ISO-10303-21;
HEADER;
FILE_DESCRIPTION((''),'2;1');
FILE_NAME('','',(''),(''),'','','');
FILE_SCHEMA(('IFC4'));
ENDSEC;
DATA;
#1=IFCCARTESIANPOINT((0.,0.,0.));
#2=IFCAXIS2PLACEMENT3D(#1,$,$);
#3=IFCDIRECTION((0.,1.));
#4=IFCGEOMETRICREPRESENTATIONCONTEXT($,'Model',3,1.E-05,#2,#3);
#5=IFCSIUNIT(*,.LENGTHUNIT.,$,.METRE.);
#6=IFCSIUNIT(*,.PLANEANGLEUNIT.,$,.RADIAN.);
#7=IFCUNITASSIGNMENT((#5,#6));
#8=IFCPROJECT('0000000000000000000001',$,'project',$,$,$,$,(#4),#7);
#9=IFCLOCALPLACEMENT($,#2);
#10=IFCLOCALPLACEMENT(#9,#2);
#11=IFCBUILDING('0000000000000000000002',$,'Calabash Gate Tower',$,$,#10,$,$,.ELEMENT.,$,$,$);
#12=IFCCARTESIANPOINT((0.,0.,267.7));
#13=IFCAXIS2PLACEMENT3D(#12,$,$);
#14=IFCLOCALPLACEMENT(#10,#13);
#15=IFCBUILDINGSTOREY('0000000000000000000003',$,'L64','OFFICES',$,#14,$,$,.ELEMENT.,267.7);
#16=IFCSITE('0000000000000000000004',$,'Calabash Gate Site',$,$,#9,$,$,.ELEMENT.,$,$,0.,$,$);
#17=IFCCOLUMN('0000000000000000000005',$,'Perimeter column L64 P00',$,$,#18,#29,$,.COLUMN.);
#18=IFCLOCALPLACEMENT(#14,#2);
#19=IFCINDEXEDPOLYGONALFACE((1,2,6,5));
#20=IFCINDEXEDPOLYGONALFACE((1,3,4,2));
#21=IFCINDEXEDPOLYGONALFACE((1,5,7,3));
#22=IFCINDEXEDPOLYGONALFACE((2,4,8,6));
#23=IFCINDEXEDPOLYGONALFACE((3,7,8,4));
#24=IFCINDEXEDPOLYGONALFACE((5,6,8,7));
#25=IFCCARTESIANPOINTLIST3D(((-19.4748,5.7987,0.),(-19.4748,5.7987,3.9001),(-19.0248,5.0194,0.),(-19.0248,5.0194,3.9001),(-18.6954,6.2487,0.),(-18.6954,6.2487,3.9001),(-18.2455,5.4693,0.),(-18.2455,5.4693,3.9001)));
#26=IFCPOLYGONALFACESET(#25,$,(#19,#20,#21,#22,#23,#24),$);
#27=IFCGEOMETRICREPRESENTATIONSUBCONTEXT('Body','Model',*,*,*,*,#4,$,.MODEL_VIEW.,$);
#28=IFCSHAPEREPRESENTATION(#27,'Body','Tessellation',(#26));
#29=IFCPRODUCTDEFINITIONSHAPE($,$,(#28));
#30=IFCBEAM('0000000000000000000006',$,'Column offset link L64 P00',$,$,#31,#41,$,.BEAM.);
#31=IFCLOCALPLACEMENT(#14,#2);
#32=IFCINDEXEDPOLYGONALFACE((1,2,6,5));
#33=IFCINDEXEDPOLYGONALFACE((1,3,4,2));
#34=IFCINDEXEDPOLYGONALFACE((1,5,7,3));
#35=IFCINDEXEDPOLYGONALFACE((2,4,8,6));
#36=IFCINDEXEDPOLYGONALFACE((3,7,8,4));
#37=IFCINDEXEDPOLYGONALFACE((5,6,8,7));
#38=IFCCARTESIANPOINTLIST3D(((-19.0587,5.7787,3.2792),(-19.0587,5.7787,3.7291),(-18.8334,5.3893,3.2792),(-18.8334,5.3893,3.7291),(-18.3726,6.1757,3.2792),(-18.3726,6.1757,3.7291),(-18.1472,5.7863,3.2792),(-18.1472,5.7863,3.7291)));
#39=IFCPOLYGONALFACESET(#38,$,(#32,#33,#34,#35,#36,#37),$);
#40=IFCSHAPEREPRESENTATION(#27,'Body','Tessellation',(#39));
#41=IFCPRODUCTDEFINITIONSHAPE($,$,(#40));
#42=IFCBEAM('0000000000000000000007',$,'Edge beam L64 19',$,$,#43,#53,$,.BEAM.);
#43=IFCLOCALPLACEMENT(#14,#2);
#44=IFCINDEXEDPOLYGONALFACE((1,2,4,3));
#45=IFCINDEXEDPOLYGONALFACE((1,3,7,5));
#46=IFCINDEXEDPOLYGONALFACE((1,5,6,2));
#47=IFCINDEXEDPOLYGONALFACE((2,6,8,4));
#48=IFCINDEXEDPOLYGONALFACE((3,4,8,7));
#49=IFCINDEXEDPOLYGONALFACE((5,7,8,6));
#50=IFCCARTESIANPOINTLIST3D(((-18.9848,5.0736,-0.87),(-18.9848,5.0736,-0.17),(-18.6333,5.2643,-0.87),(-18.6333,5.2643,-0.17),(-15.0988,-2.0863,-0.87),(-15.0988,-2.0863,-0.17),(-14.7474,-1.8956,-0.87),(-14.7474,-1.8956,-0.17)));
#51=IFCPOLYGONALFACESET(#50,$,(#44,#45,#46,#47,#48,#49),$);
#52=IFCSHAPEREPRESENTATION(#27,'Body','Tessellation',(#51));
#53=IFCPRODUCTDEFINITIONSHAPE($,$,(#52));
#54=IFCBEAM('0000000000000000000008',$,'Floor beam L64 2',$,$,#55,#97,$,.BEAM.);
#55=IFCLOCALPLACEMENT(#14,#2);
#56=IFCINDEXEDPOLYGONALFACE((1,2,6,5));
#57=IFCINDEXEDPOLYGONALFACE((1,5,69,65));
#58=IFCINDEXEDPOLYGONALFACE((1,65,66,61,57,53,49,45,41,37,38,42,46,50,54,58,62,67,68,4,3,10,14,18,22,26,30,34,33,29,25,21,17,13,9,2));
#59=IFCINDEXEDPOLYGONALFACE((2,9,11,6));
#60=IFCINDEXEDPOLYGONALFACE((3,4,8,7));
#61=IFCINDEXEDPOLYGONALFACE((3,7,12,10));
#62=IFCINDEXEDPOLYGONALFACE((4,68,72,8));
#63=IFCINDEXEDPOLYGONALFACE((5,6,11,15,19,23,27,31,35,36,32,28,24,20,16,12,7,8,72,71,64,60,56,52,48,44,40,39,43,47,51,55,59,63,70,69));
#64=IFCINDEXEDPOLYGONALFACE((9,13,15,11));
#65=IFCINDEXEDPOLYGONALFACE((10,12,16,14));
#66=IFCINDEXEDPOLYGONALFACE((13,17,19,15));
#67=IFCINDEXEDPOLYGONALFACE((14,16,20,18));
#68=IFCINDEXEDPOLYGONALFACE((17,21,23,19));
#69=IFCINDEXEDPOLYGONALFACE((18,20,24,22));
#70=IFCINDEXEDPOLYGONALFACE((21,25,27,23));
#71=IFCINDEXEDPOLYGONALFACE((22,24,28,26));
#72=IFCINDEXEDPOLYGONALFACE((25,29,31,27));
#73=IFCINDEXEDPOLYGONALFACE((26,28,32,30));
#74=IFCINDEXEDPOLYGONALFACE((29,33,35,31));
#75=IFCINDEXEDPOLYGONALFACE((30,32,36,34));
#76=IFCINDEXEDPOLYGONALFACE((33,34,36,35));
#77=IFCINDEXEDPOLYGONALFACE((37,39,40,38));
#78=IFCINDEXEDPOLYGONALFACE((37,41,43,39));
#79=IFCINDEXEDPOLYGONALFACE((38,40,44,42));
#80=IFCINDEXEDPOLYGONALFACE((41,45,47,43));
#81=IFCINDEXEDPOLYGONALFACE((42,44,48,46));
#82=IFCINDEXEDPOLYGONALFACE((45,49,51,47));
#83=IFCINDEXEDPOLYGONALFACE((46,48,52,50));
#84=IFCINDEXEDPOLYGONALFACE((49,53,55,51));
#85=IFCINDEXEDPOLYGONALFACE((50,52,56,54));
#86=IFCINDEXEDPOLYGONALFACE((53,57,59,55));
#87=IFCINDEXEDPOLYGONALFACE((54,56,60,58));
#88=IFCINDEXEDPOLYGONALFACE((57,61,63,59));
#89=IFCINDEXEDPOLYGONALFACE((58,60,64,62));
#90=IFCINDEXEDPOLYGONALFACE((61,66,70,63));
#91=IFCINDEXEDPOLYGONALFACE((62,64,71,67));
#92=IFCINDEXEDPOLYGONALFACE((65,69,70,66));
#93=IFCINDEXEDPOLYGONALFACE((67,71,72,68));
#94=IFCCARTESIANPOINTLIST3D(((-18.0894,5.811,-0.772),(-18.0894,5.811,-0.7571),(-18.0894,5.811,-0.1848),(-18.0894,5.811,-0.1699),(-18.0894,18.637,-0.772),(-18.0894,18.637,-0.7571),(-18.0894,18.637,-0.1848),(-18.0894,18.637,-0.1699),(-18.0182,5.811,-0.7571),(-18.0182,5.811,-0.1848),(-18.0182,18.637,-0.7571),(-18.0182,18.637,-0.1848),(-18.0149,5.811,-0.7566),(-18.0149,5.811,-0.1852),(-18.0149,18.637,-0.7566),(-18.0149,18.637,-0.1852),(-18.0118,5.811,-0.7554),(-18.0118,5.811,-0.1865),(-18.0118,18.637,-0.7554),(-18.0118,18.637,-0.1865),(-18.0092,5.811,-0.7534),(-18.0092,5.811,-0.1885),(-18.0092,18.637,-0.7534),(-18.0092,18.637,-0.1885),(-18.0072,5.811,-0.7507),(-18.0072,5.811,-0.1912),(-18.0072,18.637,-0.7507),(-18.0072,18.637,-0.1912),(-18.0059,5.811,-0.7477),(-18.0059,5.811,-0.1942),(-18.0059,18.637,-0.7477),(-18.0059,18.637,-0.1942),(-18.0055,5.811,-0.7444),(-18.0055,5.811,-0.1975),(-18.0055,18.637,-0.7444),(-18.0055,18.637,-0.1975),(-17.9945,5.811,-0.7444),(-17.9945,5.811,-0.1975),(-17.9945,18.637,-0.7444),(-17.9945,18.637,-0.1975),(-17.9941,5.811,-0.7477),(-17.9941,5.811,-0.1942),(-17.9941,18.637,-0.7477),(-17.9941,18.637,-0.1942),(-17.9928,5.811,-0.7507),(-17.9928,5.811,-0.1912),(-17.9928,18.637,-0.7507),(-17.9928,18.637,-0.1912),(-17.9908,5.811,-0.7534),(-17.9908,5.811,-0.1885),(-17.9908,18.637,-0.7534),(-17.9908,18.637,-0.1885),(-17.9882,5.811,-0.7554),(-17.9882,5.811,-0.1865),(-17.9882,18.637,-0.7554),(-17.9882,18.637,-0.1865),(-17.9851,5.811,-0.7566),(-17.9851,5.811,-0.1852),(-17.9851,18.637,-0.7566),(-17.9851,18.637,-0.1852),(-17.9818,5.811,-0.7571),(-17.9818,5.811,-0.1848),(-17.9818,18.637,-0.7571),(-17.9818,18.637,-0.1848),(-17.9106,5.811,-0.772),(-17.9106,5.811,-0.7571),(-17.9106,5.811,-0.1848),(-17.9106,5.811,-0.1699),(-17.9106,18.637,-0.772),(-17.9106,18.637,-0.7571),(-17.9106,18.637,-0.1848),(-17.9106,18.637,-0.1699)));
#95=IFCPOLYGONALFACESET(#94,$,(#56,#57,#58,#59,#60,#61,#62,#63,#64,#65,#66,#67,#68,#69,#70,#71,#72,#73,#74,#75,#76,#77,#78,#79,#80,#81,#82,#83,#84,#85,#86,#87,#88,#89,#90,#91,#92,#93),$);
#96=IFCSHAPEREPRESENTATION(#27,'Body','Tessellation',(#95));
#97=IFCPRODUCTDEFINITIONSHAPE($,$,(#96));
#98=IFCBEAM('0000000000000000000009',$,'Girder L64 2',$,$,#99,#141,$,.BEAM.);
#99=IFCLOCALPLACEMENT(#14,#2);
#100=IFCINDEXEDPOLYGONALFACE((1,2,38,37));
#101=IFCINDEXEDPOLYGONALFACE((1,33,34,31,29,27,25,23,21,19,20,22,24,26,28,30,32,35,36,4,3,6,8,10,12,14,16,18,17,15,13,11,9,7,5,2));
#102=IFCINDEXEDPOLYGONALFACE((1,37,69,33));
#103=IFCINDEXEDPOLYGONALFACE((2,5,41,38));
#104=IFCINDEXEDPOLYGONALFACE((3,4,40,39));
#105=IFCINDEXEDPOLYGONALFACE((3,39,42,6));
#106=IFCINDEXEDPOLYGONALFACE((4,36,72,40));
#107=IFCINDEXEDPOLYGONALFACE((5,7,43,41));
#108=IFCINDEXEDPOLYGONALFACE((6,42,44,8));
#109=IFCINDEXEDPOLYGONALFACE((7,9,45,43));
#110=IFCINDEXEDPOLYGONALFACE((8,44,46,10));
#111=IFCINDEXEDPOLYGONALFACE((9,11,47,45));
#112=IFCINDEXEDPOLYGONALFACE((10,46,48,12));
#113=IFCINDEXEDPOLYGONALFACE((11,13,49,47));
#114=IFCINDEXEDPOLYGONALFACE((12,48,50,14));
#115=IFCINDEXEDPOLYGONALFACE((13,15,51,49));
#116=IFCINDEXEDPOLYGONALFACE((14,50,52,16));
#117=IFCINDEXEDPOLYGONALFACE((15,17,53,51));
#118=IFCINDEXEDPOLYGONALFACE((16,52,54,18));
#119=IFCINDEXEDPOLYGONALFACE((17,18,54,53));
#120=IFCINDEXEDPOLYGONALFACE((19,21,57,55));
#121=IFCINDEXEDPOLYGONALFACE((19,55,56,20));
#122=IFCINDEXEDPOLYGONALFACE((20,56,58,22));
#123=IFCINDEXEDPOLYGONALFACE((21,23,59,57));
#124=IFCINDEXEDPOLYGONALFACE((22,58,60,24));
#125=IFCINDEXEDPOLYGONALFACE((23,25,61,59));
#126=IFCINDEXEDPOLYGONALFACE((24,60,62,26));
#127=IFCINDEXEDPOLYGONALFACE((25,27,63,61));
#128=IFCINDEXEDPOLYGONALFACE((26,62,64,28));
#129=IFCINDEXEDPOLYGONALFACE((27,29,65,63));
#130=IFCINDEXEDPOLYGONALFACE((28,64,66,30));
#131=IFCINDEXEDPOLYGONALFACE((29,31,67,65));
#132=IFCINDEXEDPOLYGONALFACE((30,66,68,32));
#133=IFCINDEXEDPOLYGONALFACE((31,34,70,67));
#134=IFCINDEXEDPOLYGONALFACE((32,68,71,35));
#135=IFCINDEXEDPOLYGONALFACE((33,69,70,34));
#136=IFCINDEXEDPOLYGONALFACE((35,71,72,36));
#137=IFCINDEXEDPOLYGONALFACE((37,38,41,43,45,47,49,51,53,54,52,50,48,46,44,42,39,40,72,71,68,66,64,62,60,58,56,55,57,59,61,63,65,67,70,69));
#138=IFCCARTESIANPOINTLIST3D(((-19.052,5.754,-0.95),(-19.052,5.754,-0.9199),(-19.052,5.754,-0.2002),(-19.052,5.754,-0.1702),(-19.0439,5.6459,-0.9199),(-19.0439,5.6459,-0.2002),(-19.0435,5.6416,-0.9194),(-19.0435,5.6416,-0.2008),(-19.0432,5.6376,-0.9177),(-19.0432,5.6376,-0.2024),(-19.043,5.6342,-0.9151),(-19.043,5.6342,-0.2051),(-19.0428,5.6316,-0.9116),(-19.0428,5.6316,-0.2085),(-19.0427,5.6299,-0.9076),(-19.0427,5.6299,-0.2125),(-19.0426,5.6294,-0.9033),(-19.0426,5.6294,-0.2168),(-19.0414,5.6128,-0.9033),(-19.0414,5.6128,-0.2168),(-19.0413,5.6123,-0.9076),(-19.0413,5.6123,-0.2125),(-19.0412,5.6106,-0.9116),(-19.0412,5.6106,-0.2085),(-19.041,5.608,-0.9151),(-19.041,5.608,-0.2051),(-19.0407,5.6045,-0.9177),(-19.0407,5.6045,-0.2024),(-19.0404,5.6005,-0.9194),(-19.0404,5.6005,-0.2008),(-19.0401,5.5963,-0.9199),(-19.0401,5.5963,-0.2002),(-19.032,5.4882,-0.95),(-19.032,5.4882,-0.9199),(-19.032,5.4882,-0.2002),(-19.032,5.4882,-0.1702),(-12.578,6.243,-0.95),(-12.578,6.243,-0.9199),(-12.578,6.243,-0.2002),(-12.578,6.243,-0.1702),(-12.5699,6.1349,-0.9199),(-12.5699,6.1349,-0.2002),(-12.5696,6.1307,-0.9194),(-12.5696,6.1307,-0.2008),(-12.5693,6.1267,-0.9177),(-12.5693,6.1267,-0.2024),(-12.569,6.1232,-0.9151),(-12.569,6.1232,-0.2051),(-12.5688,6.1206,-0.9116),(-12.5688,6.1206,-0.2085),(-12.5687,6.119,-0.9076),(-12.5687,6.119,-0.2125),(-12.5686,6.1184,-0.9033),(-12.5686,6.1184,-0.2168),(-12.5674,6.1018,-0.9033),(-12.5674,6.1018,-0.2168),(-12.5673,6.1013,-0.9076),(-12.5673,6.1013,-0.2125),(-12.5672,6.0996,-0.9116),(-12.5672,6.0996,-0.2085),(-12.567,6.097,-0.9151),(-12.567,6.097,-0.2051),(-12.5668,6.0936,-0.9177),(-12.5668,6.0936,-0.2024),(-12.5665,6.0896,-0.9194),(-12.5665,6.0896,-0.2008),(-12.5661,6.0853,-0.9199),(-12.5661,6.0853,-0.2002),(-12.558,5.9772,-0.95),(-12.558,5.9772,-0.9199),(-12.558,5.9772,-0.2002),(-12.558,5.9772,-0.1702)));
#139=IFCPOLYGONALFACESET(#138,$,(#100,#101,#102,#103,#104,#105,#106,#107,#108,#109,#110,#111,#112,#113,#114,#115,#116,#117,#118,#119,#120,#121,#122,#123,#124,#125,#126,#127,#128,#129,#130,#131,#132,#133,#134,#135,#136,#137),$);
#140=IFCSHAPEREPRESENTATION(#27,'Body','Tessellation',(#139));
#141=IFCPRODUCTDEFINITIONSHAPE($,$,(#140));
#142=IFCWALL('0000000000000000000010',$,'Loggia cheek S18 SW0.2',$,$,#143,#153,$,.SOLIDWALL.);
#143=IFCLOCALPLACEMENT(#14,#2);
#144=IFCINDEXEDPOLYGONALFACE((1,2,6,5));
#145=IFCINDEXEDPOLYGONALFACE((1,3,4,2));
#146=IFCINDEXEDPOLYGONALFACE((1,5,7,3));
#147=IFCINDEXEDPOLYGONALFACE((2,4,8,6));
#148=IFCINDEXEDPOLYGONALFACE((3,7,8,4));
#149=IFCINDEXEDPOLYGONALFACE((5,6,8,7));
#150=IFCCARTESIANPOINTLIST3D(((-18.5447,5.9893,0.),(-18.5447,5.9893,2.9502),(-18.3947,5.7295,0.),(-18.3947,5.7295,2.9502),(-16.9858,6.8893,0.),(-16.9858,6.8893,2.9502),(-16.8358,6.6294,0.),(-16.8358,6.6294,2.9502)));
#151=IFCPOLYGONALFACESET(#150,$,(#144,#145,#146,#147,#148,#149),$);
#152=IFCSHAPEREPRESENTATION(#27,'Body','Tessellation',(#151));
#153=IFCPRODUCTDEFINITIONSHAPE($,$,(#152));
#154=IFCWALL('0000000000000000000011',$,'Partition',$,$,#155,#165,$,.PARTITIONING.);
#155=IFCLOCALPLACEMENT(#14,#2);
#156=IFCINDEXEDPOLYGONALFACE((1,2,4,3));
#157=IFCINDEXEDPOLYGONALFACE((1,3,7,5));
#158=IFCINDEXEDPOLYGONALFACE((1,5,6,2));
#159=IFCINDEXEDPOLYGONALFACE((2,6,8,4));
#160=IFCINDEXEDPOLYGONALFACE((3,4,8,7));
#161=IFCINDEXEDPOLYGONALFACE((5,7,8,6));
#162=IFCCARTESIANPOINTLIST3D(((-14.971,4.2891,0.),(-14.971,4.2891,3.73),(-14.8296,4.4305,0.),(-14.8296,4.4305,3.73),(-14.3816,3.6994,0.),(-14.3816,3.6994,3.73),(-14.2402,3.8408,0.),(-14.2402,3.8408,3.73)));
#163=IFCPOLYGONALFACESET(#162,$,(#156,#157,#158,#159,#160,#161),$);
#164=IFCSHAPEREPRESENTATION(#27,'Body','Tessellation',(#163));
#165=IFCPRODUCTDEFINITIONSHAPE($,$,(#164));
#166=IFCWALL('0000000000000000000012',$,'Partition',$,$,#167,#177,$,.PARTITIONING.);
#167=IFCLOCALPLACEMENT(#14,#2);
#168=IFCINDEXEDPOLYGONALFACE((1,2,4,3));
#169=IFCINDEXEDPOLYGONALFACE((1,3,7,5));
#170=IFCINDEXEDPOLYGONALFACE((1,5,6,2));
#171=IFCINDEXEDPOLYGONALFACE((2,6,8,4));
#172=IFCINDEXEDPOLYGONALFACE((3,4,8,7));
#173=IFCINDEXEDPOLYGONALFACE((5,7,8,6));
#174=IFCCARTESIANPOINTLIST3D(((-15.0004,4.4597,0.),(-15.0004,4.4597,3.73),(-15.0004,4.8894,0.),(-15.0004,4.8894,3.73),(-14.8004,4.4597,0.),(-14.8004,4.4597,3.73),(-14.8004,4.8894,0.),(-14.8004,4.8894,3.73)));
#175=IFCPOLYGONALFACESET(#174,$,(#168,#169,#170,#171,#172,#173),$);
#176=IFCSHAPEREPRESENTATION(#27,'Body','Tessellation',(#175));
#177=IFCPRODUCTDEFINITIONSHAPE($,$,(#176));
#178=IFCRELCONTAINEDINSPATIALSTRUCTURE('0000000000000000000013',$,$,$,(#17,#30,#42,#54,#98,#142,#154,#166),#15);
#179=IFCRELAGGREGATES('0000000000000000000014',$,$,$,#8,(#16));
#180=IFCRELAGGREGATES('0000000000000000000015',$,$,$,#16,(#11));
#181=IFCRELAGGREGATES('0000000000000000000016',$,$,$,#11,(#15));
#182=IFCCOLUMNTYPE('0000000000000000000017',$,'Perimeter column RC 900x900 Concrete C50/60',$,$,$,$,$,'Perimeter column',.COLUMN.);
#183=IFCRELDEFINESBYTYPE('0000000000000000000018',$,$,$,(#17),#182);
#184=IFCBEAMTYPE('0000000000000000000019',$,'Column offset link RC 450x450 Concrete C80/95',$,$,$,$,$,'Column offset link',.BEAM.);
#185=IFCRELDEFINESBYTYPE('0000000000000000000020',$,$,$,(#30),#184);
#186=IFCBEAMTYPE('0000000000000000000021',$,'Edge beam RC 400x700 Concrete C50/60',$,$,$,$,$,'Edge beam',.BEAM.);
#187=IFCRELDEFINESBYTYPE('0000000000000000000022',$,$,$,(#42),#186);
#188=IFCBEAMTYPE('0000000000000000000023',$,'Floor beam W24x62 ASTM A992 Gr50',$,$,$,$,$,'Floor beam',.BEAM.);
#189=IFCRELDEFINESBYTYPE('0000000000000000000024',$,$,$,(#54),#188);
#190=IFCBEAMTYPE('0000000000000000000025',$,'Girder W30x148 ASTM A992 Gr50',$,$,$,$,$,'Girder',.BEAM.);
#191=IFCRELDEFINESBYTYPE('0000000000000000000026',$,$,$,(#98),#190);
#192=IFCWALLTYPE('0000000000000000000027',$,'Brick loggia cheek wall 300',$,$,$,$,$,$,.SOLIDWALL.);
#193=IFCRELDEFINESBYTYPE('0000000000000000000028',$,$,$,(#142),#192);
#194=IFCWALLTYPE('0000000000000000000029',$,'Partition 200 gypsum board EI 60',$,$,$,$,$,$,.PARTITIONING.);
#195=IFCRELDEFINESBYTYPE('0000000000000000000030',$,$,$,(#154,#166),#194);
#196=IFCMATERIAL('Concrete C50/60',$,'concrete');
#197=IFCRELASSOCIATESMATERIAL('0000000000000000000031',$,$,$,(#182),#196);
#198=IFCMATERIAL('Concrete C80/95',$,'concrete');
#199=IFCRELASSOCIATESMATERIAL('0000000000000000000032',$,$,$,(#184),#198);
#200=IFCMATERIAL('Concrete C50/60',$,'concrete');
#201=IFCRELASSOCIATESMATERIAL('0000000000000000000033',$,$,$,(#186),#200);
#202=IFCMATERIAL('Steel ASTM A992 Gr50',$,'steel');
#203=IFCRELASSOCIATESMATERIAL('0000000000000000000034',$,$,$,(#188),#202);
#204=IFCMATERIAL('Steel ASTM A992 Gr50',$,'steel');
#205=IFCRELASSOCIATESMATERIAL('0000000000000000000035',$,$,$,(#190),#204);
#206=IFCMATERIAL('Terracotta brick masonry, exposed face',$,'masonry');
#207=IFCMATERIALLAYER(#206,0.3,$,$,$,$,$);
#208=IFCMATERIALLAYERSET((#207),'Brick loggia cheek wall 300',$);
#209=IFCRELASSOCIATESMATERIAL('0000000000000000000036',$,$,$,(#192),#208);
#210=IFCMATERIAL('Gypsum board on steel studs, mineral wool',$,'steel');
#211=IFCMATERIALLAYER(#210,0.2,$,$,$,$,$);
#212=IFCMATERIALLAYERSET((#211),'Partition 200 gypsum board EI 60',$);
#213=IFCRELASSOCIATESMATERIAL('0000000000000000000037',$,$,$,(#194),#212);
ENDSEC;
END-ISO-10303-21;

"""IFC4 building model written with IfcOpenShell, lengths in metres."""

from ifc_helpers import new_model, si_unit, direction, frame, frame_2d, origin, origin_2d, place, context, subcontext, project, spatial, rectangle, i_section, extrude, material, layer, layer_set, material_profile, profile_set, type_object, element, save


model = new_model("IFC4")

# Units and contexts
model_context = context("Model", 3, precision=1e-05, world=origin(), true_north=direction((0.0, 1.0)))
body_context = subcontext(model_context, "Body", "Model", "MODEL_VIEW")
ifc_project = project(units=[si_unit("LENGTHUNIT", "METRE"), si_unit("PLANEANGLEUNIT", "RADIAN")], contexts=[model_context])

# Site, building, storey
site_placement = place(None, origin())
site = spatial("IfcSite", under=ifc_project, at=site_placement, Name="Calabash Gate Site", CompositionType="ELEMENT", RefElevation=0.0)
building_placement = place(site_placement, origin())
building = spatial("IfcBuilding", under=site, at=building_placement, Name="Calabash Gate Tower", CompositionType="ELEMENT")
storey_placement = place(building_placement, frame((0.0, 0.0, 267.7)))
storey = spatial("IfcBuildingStorey", under=building, at=storey_placement, Name="L64", Description="OFFICES", CompositionType="ELEMENT", Elevation=267.7)

# Column
ifc_material_1 = material(Name="Concrete C50/60", Category="concrete")
ifc_material_profile_1 = material_profile(ifc_material_1, rectangle(XDim=0.8999, YDim=0.8999, at=origin_2d()))
ifc_profile_set_1 = profile_set([ifc_material_profile_1], Name="Concrete C50/60")
column_type = type_object("IfcColumnType", Name="Perimeter column RC 900x900 Concrete C50/60", ElementType="Perimeter column", PredefinedType="COLUMN", material=ifc_profile_set_1)
column_placement = place(storey_placement, frame((-18.8601, 5.634, 0.0), z_axis=(0.0, 0.0, 1.0), x_axis=(0.5, -0.866025, 0.0)))
element("IfcColumn", 1, at=column_placement, inside=storey, type_object=column_type, Name="Perimeter column L64 P00", PredefinedType="COLUMN", context=body_context, shape_type="SweptSolid", body=[
    extrude(rectangle(XDim=0.8999, YDim=0.8999, at=origin_2d()), origin(), (0.0, 0.0, 1.0), 3.9001),
])

# Beams
ifc_material_2 = material(Name="Concrete C80/95", Category="concrete")
ifc_material_profile_2 = material_profile(ifc_material_2, rectangle(XDim=0.45, YDim=0.45, at=origin_2d()))
ifc_profile_set_2 = profile_set([ifc_material_profile_2], Name="Concrete C80/95")
beam_type_1 = type_object("IfcBeamType", Name="Column offset link RC 450x450 Concrete C80/95", ElementType="Column offset link", PredefinedType="BEAM", material=ifc_profile_set_2)
beam_1_placement = place(storey_placement, frame((-18.946, 5.584, 3.5042), z_axis=(0.865539, 0.500842, 0.0), x_axis=(-0.500842, 0.865539, 0.0)))
element("IfcBeam", 2, at=beam_1_placement, inside=storey, type_object=beam_type_1, Name="Column offset link L64 P00", PredefinedType="BEAM", context=body_context, shape_type="SweptSolid", body=[
    extrude(rectangle(XDim=0.45, YDim=0.45, at=origin_2d()), origin(), (0.0, 0.0, 1.0), 0.7927),
])
ifc_material_3 = material(Name="Concrete C50/60", Category="concrete")
ifc_material_profile_3 = material_profile(ifc_material_3, rectangle(XDim=0.3999, YDim=0.7, at=origin_2d()))
ifc_profile_set_3 = profile_set([ifc_material_profile_3], Name="Concrete C50/60")
beam_type_2 = type_object("IfcBeamType", Name="Edge beam RC 400x700 Concrete C50/60", ElementType="Edge beam", PredefinedType="BEAM", material=ifc_profile_set_3)
beam_2_placement = place(storey_placement, frame((-18.8091, 5.1689, -0.52), z_axis=(0.477014, -0.878896, 0.0), x_axis=(0.878896, 0.477014, 0.0)))
element("IfcBeam", 3, at=beam_2_placement, inside=storey, type_object=beam_type_2, Name="Edge beam L64 19", PredefinedType="BEAM", context=body_context, shape_type="SweptSolid", body=[
    extrude(rectangle(XDim=0.3999, YDim=0.7, at=origin_2d()), origin(), (0.0, 0.0, 1.0), 8.1465),
])
ifc_material_4 = material(Name="Steel ASTM A992 Gr50", Category="steel")
ifc_material_profile_4 = material_profile(ifc_material_4, i_section(OverallWidth=0.1787, OverallDepth=0.6021, WebThickness=0.011, FlangeThickness=0.0149, FilletRadius=0.0127, at=origin_2d()))
ifc_profile_set_4 = profile_set([ifc_material_profile_4], Name="Steel ASTM A992 Gr50")
beam_type_3 = type_object("IfcBeamType", Name="Floor beam W24x62 ASTM A992 Gr50", ElementType="Floor beam", PredefinedType="BEAM", material=ifc_profile_set_4)
beam_3_placement = place(storey_placement, frame((-18.0, 5.811, -0.4709), z_axis=(0.0, 1.0, 0.0), x_axis=(-1.0, 0.0, 0.0)))
element("IfcBeam", 4, at=beam_3_placement, inside=storey, type_object=beam_type_3, Name="Floor beam L64 2", PredefinedType="BEAM", context=body_context, shape_type="SweptSolid", body=[
    extrude(i_section(OverallWidth=0.1787, OverallDepth=0.6021, WebThickness=0.011, FlangeThickness=0.0149, FilletRadius=0.0127, at=origin_2d()), origin(), (0.0, 0.0, 1.0), 12.8259),
])
ifc_material_5 = material(Name="Steel ASTM A992 Gr50", Category="steel")
ifc_material_profile_5 = material_profile(ifc_material_5, i_section(OverallWidth=0.2666, OverallDepth=0.7798, WebThickness=0.0166, FlangeThickness=0.03, FilletRadius=0.0166, at=origin_2d()))
ifc_profile_set_5 = profile_set([ifc_material_profile_5], Name="Steel ASTM A992 Gr50")
beam_type_4 = type_object("IfcBeamType", Name="Girder W30x148 ASTM A992 Gr50", ElementType="Girder", PredefinedType="BEAM", material=ifc_profile_set_5)
beam_4_placement = place(storey_placement, frame((-19.042, 5.6211, -0.5601), z_axis=(0.997159, 0.075322, 0.0), x_axis=(-0.075322, 0.997159, 0.0)))
element("IfcBeam", 5, at=beam_4_placement, inside=storey, type_object=beam_type_4, Name="Girder L64 2", PredefinedType="BEAM", context=body_context, shape_type="SweptSolid", body=[
    extrude(i_section(OverallWidth=0.2666, OverallDepth=0.7798, WebThickness=0.0166, FlangeThickness=0.03, FilletRadius=0.0166, at=origin_2d()), origin(), (0.0, 0.0, 1.0), 6.4924),
])

# Walls
ifc_material_6 = material(Name="Terracotta brick masonry, exposed face", Category="masonry")
ifc_layer_1 = layer(ifc_material_6, 0.3)
ifc_layer_set_1 = layer_set([ifc_layer_1], Name="Brick loggia cheek wall 300")
wall_type_1 = type_object("IfcWallType", Name="Brick loggia cheek wall 300", PredefinedType="SOLIDWALL", material=ifc_layer_set_1)
wall_1_placement = place(storey_placement, frame((-16.9109, 6.7593, 0.0), z_axis=(0.0, 0.0, 1.0), x_axis=(-0.866048, -0.499961, 0.0)))
element("IfcWall", 6, at=wall_1_placement, inside=storey, type_object=wall_type_1, Name="Loggia cheek S18 SW0.2", PredefinedType="SOLIDWALL", context=body_context, shape_type="SweptSolid", body=[
    extrude(rectangle(XDim=1.8, YDim=0.3, at=frame_2d((0.8999, 0.0))), origin(), (0.0, 0.0, 1.0), 2.9502),
])
ifc_material_7 = material(Name="Gypsum board on steel studs, mineral wool", Category="steel")
ifc_layer_2 = layer(ifc_material_7, 0.2)
ifc_layer_set_2 = layer_set([ifc_layer_2], Name="Partition 200 gypsum board EI 60")
wall_type_2 = type_object("IfcWallType", Name="Partition 200 gypsum board EI 60", PredefinedType="PARTITIONING", material=ifc_layer_set_2)
wall_2_placement = place(storey_placement, frame((-14.9004, 4.3599, 0.0), z_axis=(0.0, 0.0, 1.0), x_axis=(0.70696, -0.707253, 0.0)))
element("IfcWall", 7, at=wall_2_placement, inside=storey, type_object=wall_type_2, Name="Partition", PredefinedType="PARTITIONING", context=body_context, shape_type="SweptSolid", body=[
    extrude(rectangle(XDim=0.8337, YDim=0.2, at=frame_2d((0.417, 0.0))), origin(), (0.0, 0.0, 1.0), 3.73),
])
wall_3_placement = place(storey_placement, frame((-14.9004, 4.8894, 0.0), z_axis=(0.0, 0.0, 1.0), x_axis=(0.0, -1.0, 0.0)))
element("IfcWall", 8, at=wall_3_placement, inside=storey, type_object=wall_type_2, Name="Partition", PredefinedType="PARTITIONING", context=body_context, shape_type="SweptSolid", body=[
    extrude(rectangle(XDim=0.4297, YDim=0.2, at=frame_2d((0.2148, 0.0))), origin(), (0.0, 0.0, 1.0), 3.73),
])

save(model, "model.ifc")
